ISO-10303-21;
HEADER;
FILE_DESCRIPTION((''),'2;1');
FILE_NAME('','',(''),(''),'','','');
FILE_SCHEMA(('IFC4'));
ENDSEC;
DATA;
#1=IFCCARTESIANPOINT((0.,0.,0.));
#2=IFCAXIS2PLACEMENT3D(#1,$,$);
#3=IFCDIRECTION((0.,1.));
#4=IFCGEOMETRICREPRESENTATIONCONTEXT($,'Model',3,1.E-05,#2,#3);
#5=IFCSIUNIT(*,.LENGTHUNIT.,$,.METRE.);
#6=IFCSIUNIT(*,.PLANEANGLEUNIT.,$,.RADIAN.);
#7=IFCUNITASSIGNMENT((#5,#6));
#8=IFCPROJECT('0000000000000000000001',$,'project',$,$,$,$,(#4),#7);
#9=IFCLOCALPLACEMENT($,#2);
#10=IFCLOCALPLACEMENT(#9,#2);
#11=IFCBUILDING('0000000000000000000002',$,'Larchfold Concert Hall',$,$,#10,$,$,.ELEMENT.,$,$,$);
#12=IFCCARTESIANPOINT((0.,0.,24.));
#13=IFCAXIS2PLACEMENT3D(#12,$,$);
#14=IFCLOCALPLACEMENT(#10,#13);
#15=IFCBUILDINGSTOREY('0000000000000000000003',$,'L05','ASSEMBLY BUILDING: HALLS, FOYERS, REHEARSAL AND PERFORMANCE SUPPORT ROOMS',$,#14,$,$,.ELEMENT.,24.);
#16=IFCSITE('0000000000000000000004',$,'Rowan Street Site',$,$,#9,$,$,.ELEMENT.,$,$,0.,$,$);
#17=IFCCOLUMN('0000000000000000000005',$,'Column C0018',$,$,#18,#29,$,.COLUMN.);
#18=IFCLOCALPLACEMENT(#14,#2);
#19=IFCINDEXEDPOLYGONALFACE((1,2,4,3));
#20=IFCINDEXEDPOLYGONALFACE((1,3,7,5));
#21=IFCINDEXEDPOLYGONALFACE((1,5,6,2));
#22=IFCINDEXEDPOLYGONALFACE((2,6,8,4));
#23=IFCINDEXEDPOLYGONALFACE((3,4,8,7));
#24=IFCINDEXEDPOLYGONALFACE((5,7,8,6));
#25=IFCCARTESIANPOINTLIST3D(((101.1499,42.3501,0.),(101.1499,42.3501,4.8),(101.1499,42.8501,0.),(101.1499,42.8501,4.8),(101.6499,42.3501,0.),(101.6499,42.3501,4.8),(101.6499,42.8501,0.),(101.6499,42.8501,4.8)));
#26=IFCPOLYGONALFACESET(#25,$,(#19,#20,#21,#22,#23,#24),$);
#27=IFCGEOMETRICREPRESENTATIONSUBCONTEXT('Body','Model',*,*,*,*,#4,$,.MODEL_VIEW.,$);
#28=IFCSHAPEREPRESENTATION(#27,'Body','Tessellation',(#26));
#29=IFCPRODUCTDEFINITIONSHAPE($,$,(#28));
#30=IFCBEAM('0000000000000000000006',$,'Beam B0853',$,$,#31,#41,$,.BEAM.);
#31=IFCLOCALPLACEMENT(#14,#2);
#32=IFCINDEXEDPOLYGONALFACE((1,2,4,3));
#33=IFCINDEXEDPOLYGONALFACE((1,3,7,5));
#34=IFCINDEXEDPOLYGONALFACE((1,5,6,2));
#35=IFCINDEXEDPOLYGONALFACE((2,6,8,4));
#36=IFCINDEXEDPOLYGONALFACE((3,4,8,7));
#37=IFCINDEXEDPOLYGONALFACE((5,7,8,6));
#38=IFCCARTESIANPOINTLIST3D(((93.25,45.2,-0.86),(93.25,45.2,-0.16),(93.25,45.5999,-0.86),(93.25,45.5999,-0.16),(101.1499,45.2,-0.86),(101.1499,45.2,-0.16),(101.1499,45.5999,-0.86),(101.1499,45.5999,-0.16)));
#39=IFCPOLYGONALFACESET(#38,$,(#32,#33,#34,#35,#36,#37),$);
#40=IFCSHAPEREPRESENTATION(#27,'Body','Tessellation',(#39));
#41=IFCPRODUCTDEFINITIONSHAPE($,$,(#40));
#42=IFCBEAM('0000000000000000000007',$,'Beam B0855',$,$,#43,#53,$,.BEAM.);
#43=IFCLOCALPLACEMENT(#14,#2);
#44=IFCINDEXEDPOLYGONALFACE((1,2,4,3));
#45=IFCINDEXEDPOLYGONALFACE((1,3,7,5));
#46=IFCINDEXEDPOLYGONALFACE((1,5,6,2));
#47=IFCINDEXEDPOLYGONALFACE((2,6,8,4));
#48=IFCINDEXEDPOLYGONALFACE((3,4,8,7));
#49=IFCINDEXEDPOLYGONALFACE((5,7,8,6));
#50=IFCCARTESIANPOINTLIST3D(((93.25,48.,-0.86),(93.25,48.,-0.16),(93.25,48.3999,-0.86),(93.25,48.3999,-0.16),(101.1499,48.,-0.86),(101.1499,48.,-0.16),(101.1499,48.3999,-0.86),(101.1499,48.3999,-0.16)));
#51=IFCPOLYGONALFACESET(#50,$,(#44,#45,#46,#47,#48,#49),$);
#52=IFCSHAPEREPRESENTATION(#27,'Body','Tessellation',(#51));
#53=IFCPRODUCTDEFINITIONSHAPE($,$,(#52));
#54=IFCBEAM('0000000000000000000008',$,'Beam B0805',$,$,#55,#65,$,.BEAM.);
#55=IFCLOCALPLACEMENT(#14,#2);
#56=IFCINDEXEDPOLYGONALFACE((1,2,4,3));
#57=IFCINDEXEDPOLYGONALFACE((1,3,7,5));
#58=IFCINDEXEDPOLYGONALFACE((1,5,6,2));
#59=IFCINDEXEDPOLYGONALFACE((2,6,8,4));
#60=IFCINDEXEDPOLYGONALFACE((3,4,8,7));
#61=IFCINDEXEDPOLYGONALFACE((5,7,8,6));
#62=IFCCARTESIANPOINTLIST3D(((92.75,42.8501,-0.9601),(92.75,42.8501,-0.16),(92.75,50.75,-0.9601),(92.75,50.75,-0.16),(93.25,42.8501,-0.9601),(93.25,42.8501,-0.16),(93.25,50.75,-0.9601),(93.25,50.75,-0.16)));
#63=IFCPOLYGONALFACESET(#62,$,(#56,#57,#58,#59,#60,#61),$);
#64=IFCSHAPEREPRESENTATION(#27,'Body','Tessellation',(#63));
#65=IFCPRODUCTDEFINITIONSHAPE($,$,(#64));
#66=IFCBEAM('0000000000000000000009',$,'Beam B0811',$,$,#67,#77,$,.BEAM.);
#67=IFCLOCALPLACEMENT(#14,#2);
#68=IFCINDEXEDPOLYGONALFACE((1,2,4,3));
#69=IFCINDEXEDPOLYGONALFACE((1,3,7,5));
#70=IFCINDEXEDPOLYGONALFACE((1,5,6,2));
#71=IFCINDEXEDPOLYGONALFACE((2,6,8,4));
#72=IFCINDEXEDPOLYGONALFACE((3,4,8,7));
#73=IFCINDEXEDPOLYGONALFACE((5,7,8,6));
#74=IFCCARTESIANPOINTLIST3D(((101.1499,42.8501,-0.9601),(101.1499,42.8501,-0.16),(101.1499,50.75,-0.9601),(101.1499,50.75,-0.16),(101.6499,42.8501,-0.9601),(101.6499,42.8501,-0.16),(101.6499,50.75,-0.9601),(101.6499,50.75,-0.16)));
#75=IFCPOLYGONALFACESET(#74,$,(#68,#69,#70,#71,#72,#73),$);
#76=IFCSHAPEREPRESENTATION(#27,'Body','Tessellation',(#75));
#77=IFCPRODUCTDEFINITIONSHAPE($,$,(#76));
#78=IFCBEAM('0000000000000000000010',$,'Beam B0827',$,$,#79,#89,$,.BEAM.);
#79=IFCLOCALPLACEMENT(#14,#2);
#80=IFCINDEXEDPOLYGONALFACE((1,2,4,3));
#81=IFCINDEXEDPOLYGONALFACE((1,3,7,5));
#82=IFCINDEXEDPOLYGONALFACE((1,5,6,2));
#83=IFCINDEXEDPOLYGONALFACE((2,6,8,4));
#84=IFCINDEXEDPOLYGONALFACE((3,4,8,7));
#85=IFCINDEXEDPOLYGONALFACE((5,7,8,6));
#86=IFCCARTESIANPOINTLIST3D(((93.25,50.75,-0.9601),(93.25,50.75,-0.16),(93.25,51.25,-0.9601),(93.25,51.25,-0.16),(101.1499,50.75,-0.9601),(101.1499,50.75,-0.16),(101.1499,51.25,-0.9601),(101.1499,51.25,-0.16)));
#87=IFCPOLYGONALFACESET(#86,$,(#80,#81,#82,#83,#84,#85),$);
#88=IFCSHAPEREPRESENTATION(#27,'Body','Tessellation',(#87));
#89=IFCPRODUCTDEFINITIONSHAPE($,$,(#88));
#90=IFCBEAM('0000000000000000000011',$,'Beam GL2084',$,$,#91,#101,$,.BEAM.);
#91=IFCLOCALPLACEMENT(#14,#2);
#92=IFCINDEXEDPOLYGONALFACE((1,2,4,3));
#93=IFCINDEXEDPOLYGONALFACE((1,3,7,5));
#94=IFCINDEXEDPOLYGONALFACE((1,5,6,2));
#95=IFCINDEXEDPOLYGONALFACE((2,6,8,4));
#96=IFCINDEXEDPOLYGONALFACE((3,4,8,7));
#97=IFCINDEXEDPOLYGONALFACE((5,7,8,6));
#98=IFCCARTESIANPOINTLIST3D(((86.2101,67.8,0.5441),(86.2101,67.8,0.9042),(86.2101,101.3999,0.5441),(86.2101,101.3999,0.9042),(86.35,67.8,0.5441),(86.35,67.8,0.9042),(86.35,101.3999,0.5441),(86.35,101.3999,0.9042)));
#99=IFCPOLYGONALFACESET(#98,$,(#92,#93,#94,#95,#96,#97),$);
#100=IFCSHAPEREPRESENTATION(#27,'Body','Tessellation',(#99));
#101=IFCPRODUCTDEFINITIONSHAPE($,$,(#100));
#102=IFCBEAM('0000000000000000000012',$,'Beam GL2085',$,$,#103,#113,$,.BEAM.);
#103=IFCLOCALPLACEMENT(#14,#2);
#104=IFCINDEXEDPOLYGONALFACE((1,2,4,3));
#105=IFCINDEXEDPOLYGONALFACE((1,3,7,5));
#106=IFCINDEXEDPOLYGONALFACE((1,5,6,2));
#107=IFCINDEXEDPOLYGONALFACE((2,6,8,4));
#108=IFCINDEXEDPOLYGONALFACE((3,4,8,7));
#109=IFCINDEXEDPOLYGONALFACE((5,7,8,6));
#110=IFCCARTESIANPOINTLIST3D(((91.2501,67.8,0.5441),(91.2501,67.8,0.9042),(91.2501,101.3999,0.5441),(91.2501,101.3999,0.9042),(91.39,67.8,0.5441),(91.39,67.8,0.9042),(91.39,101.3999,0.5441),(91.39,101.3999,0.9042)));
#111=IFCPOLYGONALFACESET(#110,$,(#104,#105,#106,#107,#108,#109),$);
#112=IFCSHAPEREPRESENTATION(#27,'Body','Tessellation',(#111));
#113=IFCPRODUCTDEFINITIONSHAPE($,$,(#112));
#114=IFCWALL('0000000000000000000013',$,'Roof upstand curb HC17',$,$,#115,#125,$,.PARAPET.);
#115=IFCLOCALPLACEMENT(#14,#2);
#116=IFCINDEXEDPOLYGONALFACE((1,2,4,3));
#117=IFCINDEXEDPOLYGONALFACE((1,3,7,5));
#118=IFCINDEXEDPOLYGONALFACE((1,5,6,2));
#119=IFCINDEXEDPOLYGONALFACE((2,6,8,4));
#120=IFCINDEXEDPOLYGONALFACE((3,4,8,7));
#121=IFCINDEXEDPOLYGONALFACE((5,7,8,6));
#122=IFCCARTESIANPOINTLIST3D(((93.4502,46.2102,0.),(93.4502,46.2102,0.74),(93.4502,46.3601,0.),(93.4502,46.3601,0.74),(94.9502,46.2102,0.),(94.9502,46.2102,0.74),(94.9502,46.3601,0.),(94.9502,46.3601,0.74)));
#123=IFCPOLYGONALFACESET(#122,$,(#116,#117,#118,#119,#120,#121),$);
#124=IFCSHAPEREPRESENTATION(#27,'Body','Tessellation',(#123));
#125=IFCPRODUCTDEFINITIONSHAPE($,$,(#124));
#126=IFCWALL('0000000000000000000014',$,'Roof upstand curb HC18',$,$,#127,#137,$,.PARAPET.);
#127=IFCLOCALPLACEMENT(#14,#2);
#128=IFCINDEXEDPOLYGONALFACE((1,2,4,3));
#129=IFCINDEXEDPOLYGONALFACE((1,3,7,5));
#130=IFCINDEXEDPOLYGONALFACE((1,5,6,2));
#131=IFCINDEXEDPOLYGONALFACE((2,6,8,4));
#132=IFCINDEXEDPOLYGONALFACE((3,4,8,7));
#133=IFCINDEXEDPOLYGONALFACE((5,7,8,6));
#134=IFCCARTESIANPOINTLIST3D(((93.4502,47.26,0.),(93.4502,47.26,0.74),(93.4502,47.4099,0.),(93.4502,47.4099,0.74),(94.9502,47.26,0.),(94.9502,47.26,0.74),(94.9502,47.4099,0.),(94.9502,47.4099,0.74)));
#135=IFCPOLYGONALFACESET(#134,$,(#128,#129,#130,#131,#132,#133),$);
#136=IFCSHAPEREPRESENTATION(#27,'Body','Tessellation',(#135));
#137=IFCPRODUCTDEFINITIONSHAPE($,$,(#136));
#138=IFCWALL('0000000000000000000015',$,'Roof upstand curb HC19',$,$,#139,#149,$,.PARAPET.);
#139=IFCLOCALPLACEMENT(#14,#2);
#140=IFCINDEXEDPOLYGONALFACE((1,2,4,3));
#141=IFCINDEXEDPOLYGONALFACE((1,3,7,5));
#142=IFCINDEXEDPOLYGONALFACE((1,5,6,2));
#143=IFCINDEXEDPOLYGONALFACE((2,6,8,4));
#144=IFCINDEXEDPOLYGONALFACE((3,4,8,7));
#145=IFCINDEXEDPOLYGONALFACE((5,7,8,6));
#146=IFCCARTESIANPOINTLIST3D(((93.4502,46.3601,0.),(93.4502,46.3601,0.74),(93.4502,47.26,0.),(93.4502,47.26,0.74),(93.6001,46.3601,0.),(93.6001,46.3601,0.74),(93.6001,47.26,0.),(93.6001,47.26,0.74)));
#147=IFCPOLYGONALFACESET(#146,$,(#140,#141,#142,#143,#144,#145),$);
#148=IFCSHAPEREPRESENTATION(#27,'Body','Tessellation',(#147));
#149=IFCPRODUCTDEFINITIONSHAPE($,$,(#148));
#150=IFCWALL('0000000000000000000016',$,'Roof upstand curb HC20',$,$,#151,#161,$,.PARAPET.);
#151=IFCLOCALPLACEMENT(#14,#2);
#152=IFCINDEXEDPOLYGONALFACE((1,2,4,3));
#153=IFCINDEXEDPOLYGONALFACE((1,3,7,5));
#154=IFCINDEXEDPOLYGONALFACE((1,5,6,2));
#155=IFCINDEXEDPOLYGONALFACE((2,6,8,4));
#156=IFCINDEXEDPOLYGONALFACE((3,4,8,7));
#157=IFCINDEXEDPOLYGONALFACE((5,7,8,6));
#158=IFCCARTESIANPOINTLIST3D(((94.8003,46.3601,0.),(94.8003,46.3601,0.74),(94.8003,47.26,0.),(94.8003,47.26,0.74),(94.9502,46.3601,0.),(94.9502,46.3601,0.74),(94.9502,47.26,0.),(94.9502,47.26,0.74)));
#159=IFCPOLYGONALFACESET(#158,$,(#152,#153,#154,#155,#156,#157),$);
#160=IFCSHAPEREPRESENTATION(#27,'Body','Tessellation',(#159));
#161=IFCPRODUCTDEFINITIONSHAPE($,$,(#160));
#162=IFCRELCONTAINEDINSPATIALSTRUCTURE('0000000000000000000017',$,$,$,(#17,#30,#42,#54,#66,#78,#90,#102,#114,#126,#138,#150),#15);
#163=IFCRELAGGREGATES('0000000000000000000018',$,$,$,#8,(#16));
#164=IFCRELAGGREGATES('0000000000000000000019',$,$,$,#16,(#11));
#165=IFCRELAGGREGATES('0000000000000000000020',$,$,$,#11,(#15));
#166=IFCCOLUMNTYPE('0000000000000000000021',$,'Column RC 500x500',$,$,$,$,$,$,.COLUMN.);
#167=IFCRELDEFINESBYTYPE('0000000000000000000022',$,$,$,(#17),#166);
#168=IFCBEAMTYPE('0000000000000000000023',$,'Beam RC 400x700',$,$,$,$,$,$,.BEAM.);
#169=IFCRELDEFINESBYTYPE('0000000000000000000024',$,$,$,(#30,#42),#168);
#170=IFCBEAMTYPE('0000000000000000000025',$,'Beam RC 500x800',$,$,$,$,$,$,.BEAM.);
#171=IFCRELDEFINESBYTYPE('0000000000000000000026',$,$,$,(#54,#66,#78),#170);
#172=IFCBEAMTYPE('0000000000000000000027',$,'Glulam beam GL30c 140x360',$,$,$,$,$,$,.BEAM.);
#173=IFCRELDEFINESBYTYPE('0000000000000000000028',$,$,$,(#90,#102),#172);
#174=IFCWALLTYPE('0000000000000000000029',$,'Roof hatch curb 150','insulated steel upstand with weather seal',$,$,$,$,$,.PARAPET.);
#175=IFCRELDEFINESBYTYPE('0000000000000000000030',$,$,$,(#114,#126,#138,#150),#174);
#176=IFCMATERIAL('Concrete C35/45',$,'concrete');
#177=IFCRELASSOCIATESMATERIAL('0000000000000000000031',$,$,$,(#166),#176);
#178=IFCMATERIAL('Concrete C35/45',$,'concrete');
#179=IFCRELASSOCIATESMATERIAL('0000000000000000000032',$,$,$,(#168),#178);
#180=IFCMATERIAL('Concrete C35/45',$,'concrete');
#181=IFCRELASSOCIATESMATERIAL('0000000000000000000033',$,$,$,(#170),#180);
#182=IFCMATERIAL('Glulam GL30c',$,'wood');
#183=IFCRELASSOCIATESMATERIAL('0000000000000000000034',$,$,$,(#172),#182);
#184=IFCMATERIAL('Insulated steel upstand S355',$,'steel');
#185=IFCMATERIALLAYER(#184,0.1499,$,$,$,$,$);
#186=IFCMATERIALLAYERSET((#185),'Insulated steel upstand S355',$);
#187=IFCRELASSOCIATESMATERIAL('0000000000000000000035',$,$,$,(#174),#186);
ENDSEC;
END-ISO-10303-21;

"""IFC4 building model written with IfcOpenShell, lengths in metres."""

from ifc_helpers import new_model, si_unit, direction, frame, frame_2d, origin, origin_2d, place, context, subcontext, project, spatial, rectangle, extrude, material, layer, layer_set, material_profile, profile_set, type_object, element, save


model = new_model("IFC4")

# Units and contexts
model_context = context("Model", 3, precision=1e-05, world=origin(), true_north=direction((0.0, 1.0)))
body_context = subcontext(model_context, "Body", "Model", "MODEL_VIEW")
ifc_project = project(units=[si_unit("LENGTHUNIT", "METRE"), si_unit("PLANEANGLEUNIT", "RADIAN")], contexts=[model_context])

# Site, building, storey
site_placement = place(None, origin())
site = spatial("IfcSite", under=ifc_project, at=site_placement, Name="Rowan Street Site", CompositionType="ELEMENT", RefElevation=0.0)
building_placement = place(site_placement, origin())
building = spatial("IfcBuilding", under=site, at=building_placement, Name="Larchfold Concert Hall", CompositionType="ELEMENT")
storey_placement = place(building_placement, frame((0.0, 0.0, 24.0)))
storey = spatial("IfcBuildingStorey", under=building, at=storey_placement, Name="L05", Description="ASSEMBLY BUILDING: HALLS, FOYERS, REHEARSAL AND PERFORMANCE SUPPORT ROOMS", CompositionType="ELEMENT", Elevation=24.0)

# Column
ifc_material_1 = material(Name="Concrete C35/45", Category="concrete")
ifc_material_profile_1 = material_profile(ifc_material_1, rectangle(XDim=0.5, YDim=0.5, at=origin_2d()))
ifc_profile_set_1 = profile_set([ifc_material_profile_1], Name="Concrete C35/45")
column_type = type_object("IfcColumnType", Name="Column RC 500x500", PredefinedType="COLUMN", material=ifc_profile_set_1)
column_placement = place(storey_placement, frame((101.3999, 42.6001, 0.0), z_axis=(0.0, 0.0, 1.0), x_axis=(1.0, 0.0, 0.0)))
element("IfcColumn", 1, at=column_placement, inside=storey, type_object=column_type, Name="Column C0018", PredefinedType="COLUMN", context=body_context, shape_type="SweptSolid", body=[
    extrude(rectangle(XDim=0.5, YDim=0.5, at=origin_2d()), origin(), (0.0, 0.0, 1.0), 4.8),
])

# Beams
ifc_material_2 = material(Name="Concrete C35/45", Category="concrete")
ifc_material_profile_2 = material_profile(ifc_material_2, rectangle(XDim=0.3999, YDim=0.7, at=origin_2d()))
ifc_profile_set_2 = profile_set([ifc_material_profile_2], Name="Concrete C35/45")
beam_type_1 = type_object("IfcBeamType", Name="Beam RC 400x700", PredefinedType="BEAM", material=ifc_profile_set_2)
for number, where, z_axis, x_axis, name in (
    (2, (93.25, 45.3999, -0.51), (1.0, 0.0, 0.0), (0.0, 1.0, 0.0), "Beam B0853"),
    (3, (93.25, 48.2, -0.51), (1.0, 0.0, 0.0), (0.0, 1.0, 0.0), "Beam B0855"),
):
    element("IfcBeam", number, at=place(storey_placement, frame(where, z_axis=z_axis, x_axis=x_axis)), inside=storey, type_object=beam_type_1, Name=name, PredefinedType="BEAM", context=body_context, shape_type="SweptSolid", body=[
        extrude(rectangle(XDim=0.3999, YDim=0.7, at=origin_2d()), origin(), (0.0, 0.0, 1.0), 7.8999),
    ])
ifc_material_3 = material(Name="Concrete C35/45", Category="concrete")
ifc_material_profile_3 = material_profile(ifc_material_3, rectangle(XDim=0.5, YDim=0.8, at=origin_2d()))
ifc_profile_set_3 = profile_set([ifc_material_profile_3], Name="Concrete C35/45")
beam_type_2 = type_object("IfcBeamType", Name="Beam RC 500x800", PredefinedType="BEAM", material=ifc_profile_set_3)
for number, where, z_axis, x_axis, name in (
    (4, (93.0, 42.8501, -0.5601), (0.0, 1.0, 0.0), (-1.0, 0.0, 0.0), "Beam B0805"),
    (5, (101.3999, 42.8501, -0.5601), (0.0, 1.0, 0.0), (-1.0, 0.0, 0.0), "Beam B0811"),
    (6, (93.25, 51.0, -0.5601), (1.0, 0.0, 0.0), (0.0, 1.0, 0.0), "Beam B0827"),
):
    element("IfcBeam", number, at=place(storey_placement, frame(where, z_axis=z_axis, x_axis=x_axis)), inside=storey, type_object=beam_type_2, Name=name, PredefinedType="BEAM", context=body_context, shape_type="SweptSolid", body=[
        extrude(rectangle(XDim=0.5, YDim=0.8, at=origin_2d()), origin(), (0.0, 0.0, 1.0), 7.8999),
    ])
ifc_material_4 = material(Name="Glulam GL30c", Category="wood")
ifc_material_profile_4 = material_profile(ifc_material_4, rectangle(XDim=0.1399, YDim=0.3601, at=origin_2d()))
ifc_profile_set_4 = profile_set([ifc_material_profile_4], Name="Glulam GL30c")
beam_type_3 = type_object("IfcBeamType", Name="Glulam beam GL30c 140x360", PredefinedType="BEAM", material=ifc_profile_set_4)
for number, where, z_axis, x_axis, name in (
    (7, (86.28, 67.8, 0.7241), (0.0, 1.0, 0.0), (-1.0, 0.0, 0.0), "Beam GL2084"),
    (8, (91.3201, 67.8, 0.7241), (0.0, 1.0, 0.0), (-1.0, 0.0, 0.0), "Beam GL2085"),
):
    element("IfcBeam", number, at=place(storey_placement, frame(where, z_axis=z_axis, x_axis=x_axis)), inside=storey, type_object=beam_type_3, Name=name, PredefinedType="BEAM", context=body_context, shape_type="SweptSolid", body=[
        extrude(rectangle(XDim=0.1399, YDim=0.3601, at=origin_2d()), origin(), (0.0, 0.0, 1.0), 33.5999),
    ])

# Walls
ifc_material_5 = material(Name="Insulated steel upstand S355", Category="steel")
ifc_layer_1 = layer(ifc_material_5, 0.1499)
ifc_layer_set_1 = layer_set([ifc_layer_1], Name="Insulated steel upstand S355")
wall_type_1 = type_object("IfcWallType", Name="Roof hatch curb 150", Description="insulated steel upstand with weather seal", PredefinedType="PARAPET", material=ifc_layer_set_1)
for number, where, z_axis, x_axis, name in (
    (9, (93.4502, 46.2852, 0.0), (0.0, 0.0, 1.0), (1.0, 0.0, 0.0), "Roof upstand curb HC17"),
    (10, (93.4502, 47.335, 0.0), (0.0, 0.0, 1.0), (1.0, 0.0, 0.0), "Roof upstand curb HC18"),
):
    element("IfcWall", number, at=place(storey_placement, frame(where, z_axis=z_axis, x_axis=x_axis)), inside=storey, type_object=wall_type_1, Name=name, PredefinedType="PARAPET", context=body_context, shape_type="SweptSolid", body=[
        extrude(rectangle(XDim=1.5, YDim=0.1499, at=frame_2d((0.75, 0.0))), origin(), (0.0, 0.0, 1.0), 0.74),
    ])
for number, where, z_axis, x_axis, name in (
    (11, (93.5251, 46.3601, 0.0), (0.0, 0.0, 1.0), (0.0, 1.0, 0.0), "Roof upstand curb HC19"),
    (12, (94.8752, 46.3601, 0.0), (0.0, 0.0, 1.0), (0.0, 1.0, 0.0), "Roof upstand curb HC20"),
):
    element("IfcWall", number, at=place(storey_placement, frame(where, z_axis=z_axis, x_axis=x_axis)), inside=storey, type_object=wall_type_1, Name=name, PredefinedType="PARAPET", context=body_context, shape_type="SweptSolid", body=[
        extrude(rectangle(XDim=0.8999, YDim=0.1499, at=frame_2d((0.45, 0.0))), origin(), (0.0, 0.0, 1.0), 0.74),
    ])

save(model, "model.ifc")
